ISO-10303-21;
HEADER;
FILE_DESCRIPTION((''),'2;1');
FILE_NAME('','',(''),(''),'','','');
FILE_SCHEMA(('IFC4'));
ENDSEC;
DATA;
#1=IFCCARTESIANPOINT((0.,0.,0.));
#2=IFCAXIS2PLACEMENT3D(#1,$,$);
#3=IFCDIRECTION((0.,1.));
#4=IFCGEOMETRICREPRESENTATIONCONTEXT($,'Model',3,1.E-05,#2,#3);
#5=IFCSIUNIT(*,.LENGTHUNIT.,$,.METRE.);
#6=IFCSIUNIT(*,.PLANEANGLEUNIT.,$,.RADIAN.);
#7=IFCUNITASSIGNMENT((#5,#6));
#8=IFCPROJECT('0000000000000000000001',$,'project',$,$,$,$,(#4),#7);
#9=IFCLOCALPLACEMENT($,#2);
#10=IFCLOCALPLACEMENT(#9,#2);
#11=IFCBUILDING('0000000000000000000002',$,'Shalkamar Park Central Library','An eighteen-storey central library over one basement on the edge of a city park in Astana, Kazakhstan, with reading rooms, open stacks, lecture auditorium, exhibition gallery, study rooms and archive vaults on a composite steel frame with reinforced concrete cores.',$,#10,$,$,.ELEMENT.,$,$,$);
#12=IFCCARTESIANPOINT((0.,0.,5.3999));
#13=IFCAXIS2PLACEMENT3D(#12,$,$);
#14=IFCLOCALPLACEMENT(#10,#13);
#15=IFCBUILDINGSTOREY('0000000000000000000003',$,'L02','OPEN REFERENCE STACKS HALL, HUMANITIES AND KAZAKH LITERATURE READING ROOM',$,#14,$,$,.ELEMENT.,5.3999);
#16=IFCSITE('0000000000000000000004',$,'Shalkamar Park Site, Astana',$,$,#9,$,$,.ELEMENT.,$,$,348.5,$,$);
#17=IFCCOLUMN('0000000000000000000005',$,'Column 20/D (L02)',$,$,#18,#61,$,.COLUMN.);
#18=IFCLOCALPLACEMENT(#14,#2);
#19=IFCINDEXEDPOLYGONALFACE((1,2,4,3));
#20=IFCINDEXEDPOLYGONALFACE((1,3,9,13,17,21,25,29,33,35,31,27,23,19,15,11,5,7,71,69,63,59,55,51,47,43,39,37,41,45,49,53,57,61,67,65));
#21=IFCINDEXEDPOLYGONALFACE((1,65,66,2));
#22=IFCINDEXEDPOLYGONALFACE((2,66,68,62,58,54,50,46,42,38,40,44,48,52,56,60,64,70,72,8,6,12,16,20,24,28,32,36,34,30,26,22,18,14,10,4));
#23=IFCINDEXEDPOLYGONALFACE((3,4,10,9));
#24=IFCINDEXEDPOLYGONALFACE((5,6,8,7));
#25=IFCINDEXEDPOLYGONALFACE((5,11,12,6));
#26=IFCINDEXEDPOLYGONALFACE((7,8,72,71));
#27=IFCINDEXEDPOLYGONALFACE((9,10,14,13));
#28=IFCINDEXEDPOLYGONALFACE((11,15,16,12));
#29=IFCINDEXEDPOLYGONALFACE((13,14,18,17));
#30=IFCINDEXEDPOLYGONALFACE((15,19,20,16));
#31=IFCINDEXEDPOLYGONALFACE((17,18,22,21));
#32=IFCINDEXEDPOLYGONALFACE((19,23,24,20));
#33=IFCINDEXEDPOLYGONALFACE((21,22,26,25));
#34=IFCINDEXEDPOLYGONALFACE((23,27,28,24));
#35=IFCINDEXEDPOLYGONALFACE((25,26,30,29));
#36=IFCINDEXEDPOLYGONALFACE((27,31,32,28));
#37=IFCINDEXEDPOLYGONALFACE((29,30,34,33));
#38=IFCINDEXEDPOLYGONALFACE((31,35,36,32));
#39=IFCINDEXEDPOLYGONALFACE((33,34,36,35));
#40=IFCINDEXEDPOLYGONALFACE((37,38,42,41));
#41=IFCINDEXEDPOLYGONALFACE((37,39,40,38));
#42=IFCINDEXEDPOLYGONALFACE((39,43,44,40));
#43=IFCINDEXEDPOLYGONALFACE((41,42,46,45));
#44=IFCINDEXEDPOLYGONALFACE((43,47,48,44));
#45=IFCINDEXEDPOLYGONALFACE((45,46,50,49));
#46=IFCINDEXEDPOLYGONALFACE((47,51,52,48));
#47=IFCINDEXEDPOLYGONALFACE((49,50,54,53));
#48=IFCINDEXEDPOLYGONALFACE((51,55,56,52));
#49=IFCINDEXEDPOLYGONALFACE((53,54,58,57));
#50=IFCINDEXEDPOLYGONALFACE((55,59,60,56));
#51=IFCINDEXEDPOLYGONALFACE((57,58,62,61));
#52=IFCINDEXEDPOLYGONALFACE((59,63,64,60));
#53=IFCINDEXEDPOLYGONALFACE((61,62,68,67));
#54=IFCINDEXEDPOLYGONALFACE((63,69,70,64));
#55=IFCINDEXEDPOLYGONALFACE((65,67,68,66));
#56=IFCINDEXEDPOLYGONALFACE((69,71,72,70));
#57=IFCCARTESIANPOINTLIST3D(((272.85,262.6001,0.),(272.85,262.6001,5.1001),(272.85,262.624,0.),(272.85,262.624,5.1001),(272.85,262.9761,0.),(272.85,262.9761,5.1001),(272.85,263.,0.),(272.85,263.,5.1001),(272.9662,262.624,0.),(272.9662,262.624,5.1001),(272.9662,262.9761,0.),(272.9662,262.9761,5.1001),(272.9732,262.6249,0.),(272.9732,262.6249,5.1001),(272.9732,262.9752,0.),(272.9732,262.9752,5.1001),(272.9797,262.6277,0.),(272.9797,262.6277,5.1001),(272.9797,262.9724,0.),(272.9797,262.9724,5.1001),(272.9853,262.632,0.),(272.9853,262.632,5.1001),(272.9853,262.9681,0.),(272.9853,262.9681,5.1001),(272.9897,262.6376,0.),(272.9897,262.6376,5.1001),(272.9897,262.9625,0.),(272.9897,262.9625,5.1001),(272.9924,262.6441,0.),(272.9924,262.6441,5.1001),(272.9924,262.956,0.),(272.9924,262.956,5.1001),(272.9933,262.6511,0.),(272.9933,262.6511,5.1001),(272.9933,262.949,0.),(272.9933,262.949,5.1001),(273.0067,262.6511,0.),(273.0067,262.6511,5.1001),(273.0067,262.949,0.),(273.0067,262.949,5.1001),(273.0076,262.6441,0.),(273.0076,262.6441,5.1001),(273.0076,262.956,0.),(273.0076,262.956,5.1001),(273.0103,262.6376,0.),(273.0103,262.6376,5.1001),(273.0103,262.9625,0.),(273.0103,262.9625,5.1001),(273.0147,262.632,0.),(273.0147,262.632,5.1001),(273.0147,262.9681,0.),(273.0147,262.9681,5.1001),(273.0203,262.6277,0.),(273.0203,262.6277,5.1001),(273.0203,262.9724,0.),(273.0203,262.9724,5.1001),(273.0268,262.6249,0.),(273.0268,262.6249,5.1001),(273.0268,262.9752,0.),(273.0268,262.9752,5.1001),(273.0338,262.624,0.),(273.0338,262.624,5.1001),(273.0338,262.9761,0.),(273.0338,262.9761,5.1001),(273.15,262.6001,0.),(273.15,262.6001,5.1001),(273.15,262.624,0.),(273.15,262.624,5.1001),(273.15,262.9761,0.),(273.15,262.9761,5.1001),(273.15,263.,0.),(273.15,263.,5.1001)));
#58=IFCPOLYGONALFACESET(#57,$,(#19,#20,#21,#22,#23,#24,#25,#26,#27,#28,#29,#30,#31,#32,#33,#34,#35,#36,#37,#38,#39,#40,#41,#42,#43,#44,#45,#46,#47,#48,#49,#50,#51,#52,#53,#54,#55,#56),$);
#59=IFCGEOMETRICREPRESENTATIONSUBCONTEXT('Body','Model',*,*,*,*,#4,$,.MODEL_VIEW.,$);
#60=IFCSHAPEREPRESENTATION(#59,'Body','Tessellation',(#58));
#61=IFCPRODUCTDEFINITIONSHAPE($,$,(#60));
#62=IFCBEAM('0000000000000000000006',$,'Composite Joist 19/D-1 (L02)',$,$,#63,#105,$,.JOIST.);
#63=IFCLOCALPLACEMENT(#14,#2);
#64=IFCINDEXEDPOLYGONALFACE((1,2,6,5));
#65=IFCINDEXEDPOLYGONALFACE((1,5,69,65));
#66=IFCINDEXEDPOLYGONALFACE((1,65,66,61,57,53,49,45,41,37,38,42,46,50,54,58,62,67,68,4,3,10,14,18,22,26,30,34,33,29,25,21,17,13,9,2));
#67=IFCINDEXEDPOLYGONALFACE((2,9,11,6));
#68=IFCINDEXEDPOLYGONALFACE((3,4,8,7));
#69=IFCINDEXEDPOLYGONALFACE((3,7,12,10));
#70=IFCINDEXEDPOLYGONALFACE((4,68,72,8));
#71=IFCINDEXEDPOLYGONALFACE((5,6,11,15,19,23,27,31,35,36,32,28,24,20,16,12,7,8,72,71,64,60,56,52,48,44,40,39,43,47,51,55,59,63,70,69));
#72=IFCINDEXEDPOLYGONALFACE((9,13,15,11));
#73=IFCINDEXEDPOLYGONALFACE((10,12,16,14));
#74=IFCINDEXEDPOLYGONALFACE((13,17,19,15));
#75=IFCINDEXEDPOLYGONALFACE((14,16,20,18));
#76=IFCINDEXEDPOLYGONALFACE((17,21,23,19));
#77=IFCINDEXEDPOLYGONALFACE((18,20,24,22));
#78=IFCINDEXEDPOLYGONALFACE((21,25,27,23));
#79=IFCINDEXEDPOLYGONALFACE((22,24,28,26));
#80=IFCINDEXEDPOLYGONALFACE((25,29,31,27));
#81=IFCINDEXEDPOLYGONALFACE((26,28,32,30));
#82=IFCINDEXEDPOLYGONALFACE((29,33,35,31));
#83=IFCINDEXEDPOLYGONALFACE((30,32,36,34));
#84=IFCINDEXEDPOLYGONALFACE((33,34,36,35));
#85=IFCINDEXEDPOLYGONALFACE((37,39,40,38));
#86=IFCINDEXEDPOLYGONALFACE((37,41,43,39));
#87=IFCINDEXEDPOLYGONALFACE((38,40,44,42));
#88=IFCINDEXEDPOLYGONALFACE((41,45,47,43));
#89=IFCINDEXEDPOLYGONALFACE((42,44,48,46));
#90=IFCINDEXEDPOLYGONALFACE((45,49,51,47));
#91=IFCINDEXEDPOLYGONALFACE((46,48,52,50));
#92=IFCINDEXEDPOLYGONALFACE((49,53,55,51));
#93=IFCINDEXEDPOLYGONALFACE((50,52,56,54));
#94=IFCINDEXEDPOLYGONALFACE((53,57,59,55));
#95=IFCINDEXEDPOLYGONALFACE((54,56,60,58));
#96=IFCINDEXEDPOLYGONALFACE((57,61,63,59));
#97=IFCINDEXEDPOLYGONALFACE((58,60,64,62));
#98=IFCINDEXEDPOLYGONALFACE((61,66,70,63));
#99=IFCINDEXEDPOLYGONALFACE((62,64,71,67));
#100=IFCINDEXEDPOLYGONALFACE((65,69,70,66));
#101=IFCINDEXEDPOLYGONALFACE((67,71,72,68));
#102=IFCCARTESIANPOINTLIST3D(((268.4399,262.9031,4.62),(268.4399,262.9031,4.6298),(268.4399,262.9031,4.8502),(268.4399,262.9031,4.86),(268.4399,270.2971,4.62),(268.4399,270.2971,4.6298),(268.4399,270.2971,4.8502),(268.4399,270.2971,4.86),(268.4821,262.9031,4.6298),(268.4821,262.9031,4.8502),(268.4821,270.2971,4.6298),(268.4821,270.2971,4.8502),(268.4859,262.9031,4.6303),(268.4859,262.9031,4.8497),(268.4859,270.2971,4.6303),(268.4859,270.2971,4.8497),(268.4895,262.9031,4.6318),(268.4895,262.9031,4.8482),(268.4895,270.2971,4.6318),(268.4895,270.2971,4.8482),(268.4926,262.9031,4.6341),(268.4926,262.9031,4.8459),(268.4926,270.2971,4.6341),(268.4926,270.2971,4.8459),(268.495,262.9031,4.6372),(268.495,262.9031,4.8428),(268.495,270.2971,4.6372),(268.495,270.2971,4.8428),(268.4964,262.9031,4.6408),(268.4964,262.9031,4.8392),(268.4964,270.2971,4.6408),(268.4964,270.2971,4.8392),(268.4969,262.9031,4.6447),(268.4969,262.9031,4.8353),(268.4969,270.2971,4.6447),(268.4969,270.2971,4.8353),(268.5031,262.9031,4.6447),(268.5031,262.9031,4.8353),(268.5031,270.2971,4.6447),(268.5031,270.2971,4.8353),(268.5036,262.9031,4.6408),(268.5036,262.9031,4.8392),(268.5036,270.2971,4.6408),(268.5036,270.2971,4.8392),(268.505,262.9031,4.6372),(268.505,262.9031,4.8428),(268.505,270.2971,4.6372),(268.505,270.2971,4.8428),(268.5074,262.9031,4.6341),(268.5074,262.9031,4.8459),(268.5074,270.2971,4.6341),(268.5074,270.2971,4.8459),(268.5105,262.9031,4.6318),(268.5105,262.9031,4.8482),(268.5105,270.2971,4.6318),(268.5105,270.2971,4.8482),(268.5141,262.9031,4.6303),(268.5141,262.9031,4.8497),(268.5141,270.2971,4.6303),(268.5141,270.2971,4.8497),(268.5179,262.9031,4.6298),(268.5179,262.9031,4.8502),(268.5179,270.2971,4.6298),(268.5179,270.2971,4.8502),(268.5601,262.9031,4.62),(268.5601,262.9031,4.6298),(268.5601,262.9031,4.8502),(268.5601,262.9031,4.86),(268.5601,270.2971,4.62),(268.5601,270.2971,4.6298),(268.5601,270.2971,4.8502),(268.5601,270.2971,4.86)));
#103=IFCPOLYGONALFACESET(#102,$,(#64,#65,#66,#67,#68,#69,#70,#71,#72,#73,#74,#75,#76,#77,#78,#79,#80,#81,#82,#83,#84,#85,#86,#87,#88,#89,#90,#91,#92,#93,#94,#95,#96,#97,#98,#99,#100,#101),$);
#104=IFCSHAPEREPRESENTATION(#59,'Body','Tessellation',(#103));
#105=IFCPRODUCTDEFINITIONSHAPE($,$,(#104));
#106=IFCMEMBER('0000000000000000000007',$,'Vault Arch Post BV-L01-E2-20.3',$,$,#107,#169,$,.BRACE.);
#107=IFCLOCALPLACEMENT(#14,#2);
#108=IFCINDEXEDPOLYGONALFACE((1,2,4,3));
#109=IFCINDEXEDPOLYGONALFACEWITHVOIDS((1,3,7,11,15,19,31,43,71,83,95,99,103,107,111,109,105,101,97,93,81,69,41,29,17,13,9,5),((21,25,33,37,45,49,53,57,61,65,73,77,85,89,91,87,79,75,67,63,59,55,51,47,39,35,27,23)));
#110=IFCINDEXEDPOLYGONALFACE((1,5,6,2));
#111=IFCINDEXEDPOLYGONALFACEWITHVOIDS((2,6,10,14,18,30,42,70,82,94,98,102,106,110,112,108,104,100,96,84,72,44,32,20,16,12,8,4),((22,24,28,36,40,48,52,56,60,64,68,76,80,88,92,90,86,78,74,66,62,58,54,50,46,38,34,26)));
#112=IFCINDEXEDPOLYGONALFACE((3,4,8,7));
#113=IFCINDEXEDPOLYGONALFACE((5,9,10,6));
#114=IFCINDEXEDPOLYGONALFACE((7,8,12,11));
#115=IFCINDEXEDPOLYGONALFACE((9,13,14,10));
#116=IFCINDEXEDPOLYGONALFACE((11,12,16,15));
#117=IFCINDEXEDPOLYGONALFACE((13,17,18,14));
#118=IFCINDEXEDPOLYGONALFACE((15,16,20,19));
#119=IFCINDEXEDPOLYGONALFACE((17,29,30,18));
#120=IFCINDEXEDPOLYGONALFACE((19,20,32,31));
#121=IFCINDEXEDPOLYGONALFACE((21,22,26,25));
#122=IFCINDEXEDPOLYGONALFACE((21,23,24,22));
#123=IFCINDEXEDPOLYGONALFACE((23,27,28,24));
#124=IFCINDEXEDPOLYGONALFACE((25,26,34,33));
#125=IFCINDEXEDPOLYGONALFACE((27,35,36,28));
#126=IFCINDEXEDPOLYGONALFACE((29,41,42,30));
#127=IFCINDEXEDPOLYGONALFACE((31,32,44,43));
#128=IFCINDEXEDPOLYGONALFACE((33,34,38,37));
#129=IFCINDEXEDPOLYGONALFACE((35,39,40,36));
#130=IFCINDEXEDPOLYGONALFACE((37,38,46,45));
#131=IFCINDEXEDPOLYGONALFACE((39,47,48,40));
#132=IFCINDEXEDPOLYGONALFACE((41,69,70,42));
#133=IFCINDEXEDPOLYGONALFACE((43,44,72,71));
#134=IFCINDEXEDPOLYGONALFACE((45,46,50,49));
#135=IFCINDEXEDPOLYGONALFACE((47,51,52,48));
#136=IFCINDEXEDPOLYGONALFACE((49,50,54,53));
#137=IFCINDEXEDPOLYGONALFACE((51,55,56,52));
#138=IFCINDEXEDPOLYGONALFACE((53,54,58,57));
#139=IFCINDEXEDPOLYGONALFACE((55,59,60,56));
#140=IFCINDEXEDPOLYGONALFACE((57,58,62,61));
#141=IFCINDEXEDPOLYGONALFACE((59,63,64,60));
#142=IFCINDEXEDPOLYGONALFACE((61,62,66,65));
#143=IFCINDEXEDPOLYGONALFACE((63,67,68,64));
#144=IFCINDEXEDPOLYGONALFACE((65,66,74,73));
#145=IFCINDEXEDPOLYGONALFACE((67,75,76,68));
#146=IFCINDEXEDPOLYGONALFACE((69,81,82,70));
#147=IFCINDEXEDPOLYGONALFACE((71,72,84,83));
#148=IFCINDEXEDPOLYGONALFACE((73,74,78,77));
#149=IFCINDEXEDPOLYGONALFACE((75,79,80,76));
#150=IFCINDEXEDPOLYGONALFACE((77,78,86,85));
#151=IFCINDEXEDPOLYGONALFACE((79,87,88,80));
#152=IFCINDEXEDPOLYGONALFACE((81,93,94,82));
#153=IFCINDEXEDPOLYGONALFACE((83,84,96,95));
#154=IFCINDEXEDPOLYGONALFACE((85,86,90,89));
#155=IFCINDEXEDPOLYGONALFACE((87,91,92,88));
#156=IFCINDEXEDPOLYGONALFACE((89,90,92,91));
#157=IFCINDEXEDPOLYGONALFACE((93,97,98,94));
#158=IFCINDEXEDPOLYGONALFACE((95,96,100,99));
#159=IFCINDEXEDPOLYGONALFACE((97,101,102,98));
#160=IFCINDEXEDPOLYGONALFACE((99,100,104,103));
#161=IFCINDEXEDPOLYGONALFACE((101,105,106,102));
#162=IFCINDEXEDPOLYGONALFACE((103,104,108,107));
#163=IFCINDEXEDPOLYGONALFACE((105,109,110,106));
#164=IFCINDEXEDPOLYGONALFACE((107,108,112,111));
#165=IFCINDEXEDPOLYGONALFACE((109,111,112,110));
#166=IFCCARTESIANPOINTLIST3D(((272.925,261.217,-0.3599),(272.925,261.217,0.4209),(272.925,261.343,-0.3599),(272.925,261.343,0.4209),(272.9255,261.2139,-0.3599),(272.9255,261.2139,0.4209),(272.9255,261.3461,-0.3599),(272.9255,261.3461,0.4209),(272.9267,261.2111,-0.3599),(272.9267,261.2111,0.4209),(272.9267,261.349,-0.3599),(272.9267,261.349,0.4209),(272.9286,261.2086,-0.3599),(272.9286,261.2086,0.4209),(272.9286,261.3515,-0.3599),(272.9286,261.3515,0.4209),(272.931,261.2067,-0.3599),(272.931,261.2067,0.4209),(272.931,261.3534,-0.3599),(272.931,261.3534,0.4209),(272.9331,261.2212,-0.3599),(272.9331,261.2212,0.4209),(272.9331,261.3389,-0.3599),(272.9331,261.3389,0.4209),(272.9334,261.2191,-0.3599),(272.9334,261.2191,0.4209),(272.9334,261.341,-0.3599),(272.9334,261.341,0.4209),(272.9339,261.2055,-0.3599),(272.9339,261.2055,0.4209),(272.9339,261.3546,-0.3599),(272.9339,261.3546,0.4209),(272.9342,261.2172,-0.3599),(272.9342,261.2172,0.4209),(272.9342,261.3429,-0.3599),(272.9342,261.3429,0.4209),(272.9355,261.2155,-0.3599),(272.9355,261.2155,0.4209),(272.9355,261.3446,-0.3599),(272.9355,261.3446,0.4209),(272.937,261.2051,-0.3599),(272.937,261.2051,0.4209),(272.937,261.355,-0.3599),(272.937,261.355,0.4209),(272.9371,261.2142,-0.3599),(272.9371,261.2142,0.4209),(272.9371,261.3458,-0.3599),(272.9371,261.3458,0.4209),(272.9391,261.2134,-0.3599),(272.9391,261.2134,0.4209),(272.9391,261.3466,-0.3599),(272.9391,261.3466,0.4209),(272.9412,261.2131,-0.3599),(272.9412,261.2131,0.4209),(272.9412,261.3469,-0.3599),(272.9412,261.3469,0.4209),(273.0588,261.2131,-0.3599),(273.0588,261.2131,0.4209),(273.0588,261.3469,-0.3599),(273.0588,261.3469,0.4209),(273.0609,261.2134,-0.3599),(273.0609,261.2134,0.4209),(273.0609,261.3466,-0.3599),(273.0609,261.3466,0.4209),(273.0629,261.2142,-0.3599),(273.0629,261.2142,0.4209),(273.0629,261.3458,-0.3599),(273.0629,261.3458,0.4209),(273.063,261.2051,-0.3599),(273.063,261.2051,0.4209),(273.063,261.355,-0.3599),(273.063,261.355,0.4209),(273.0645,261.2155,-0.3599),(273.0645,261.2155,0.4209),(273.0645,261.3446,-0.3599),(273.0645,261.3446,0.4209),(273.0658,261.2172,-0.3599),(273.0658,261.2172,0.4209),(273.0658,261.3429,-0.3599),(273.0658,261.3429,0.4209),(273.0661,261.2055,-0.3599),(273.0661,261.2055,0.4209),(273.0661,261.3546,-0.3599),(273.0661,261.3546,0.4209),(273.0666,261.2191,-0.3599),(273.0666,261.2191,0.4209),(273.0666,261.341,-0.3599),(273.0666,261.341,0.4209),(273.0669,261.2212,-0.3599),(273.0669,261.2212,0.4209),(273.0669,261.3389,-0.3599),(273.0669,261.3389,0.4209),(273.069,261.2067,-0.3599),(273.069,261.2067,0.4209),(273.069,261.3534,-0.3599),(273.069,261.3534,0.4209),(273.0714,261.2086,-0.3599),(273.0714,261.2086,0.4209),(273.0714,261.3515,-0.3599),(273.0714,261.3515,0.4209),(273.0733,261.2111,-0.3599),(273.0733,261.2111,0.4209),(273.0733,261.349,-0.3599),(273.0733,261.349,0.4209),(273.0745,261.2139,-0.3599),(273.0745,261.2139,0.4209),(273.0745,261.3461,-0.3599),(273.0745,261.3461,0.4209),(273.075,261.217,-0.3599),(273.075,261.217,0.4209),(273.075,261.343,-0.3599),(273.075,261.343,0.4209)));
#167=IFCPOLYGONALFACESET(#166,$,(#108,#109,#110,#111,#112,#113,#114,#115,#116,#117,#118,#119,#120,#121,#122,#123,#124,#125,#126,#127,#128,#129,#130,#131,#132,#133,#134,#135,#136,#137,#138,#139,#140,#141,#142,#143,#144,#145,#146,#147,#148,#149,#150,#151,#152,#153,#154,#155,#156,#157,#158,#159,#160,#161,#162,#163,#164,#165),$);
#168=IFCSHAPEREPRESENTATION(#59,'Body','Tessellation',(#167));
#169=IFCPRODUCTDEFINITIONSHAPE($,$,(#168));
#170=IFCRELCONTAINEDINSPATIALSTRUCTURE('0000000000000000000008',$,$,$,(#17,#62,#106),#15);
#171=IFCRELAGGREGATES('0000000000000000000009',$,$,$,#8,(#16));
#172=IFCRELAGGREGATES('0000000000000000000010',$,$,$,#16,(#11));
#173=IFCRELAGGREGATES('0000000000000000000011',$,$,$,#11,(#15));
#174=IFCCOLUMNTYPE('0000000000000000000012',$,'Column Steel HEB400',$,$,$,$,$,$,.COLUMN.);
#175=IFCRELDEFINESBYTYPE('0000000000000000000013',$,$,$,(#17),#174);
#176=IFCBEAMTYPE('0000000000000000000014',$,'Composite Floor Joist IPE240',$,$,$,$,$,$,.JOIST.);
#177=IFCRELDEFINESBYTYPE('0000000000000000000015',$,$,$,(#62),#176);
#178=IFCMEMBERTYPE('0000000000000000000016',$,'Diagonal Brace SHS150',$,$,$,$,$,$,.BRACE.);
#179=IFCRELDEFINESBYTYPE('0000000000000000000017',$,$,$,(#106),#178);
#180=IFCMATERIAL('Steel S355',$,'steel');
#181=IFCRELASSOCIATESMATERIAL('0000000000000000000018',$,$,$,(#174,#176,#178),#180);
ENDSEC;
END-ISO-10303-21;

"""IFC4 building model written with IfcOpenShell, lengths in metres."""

from ifc_helpers import new_model, si_unit, direction, frame, origin, origin_2d, place, context, subcontext, project, spatial, hollow_rectangle, i_section, extrude, material, material_profile, profile_set, type_object, element, save


model = new_model("IFC4")

# Units and contexts
model_context = context("Model", 3, precision=1e-05, world=origin(), true_north=direction((0.0, 1.0)))
body_context = subcontext(model_context, "Body", "Model", "MODEL_VIEW")
ifc_project = project(units=[si_unit("LENGTHUNIT", "METRE"), si_unit("PLANEANGLEUNIT", "RADIAN")], contexts=[model_context])

# Site, building, storey
site_placement = place(None, origin())
site = spatial("IfcSite", under=ifc_project, at=site_placement, Name="Shalkamar Park Site, Astana", CompositionType="ELEMENT", RefElevation=348.5)
building_placement = place(site_placement, origin())
building = spatial("IfcBuilding", under=site, at=building_placement, Name="Shalkamar Park Central Library", Description="An eighteen-storey central library over one basement on the edge of a city park in Astana, Kazakhstan, with reading rooms, open stacks, lecture auditorium, exhibition gallery, study rooms and archive vaults on a composite steel frame with reinforced concrete cores.", CompositionType="ELEMENT")
storey_placement = place(building_placement, frame((0.0, 0.0, 5.3999)))
storey = spatial("IfcBuildingStorey", under=building, at=storey_placement, Name="L02", Description="OPEN REFERENCE STACKS HALL, HUMANITIES AND KAZAKH LITERATURE READING ROOM", CompositionType="ELEMENT", Elevation=5.3999)

# Column
ifc_material_1 = material(Name="Steel S355", Category="steel")
ifc_material_profile_1 = material_profile(ifc_material_1, i_section(OverallWidth=0.3, OverallDepth=0.3999, WebThickness=0.0134, FlangeThickness=0.0239, FilletRadius=0.0271, at=origin_2d()), Name="HEB 400")
ifc_profile_set_1 = profile_set([ifc_material_profile_1], Name="Steel S355")
column_type = type_object("IfcColumnType", Name="Column Steel HEB400", PredefinedType="COLUMN", material=ifc_profile_set_1)
column_placement = place(storey_placement, frame((273.0, 262.8, 0.0), z_axis=(0.0, 0.0, 1.0), x_axis=(1.0, 0.0, 0.0)))
element("IfcColumn", 1, at=column_placement, inside=storey, type_object=column_type, Name="Column 20/D (L02)", PredefinedType="COLUMN", context=body_context, shape_type="SweptSolid", body=[
    extrude(i_section(OverallWidth=0.3, OverallDepth=0.3999, WebThickness=0.0134, FlangeThickness=0.0239, FilletRadius=0.0271, at=origin_2d()), origin(), (0.0, 0.0, 1.0), 5.1001),
])

# Beam
ifc_material_profile_2 = material_profile(ifc_material_1, i_section(OverallWidth=0.1201, OverallDepth=0.24, WebThickness=0.0061, FlangeThickness=0.0098, FilletRadius=0.0149, at=origin_2d()), Name="IPE 240")
ifc_profile_set_2 = profile_set([ifc_material_profile_2], Name="Steel S355")
beam_type_1 = type_object("IfcBeamType", Name="Composite Floor Joist IPE240", PredefinedType="JOIST", material=ifc_profile_set_2)
beam_1_placement = place(storey_placement, frame((268.5, 262.9031, 4.74), z_axis=(0.0, 1.0, 0.0), x_axis=(-1.0, 0.0, 0.0)))
element("IfcBeam", 2, at=beam_1_placement, inside=storey, type_object=beam_type_1, Name="Composite Joist 19/D-1 (L02)", PredefinedType="JOIST", context=body_context, shape_type="SweptSolid", body=[
    extrude(i_section(OverallWidth=0.1201, OverallDepth=0.24, WebThickness=0.0061, FlangeThickness=0.0098, FilletRadius=0.0149, at=origin_2d()), origin(), (0.0, 0.0, 1.0), 7.394),
])

# Member
ifc_material_profile_3 = material_profile(ifc_material_1, hollow_rectangle(XDim=0.1499, YDim=0.1499, WallThickness=0.0081, InnerFilletRadius=0.0081, OuterFilletRadius=0.012, at=origin_2d()), Name="SHS 150x150x8")
ifc_profile_set_3 = profile_set([ifc_material_profile_3], Name="Steel S355")
member_type_1 = type_object("IfcMemberType", Name="Diagonal Brace SHS150", PredefinedType="BRACE", material=ifc_profile_set_3)
member_1_placement = place(storey_placement, frame((273.0, 261.28, -0.3599), z_axis=(0.0, 0.0, 1.0), x_axis=(1.0, 0.0, 0.0)))
element("IfcMember", 3, at=member_1_placement, inside=storey, type_object=member_type_1, Name="Vault Arch Post BV-L01-E2-20.3", PredefinedType="BRACE", context=body_context, shape_type="SweptSolid", body=[
    extrude(hollow_rectangle(XDim=0.1499, YDim=0.1499, WallThickness=0.0081, InnerFilletRadius=0.0081, OuterFilletRadius=0.012, at=origin_2d()), origin(), (0.0, 0.0, 1.0), 0.7808),
])

save(model, "model.ifc")
